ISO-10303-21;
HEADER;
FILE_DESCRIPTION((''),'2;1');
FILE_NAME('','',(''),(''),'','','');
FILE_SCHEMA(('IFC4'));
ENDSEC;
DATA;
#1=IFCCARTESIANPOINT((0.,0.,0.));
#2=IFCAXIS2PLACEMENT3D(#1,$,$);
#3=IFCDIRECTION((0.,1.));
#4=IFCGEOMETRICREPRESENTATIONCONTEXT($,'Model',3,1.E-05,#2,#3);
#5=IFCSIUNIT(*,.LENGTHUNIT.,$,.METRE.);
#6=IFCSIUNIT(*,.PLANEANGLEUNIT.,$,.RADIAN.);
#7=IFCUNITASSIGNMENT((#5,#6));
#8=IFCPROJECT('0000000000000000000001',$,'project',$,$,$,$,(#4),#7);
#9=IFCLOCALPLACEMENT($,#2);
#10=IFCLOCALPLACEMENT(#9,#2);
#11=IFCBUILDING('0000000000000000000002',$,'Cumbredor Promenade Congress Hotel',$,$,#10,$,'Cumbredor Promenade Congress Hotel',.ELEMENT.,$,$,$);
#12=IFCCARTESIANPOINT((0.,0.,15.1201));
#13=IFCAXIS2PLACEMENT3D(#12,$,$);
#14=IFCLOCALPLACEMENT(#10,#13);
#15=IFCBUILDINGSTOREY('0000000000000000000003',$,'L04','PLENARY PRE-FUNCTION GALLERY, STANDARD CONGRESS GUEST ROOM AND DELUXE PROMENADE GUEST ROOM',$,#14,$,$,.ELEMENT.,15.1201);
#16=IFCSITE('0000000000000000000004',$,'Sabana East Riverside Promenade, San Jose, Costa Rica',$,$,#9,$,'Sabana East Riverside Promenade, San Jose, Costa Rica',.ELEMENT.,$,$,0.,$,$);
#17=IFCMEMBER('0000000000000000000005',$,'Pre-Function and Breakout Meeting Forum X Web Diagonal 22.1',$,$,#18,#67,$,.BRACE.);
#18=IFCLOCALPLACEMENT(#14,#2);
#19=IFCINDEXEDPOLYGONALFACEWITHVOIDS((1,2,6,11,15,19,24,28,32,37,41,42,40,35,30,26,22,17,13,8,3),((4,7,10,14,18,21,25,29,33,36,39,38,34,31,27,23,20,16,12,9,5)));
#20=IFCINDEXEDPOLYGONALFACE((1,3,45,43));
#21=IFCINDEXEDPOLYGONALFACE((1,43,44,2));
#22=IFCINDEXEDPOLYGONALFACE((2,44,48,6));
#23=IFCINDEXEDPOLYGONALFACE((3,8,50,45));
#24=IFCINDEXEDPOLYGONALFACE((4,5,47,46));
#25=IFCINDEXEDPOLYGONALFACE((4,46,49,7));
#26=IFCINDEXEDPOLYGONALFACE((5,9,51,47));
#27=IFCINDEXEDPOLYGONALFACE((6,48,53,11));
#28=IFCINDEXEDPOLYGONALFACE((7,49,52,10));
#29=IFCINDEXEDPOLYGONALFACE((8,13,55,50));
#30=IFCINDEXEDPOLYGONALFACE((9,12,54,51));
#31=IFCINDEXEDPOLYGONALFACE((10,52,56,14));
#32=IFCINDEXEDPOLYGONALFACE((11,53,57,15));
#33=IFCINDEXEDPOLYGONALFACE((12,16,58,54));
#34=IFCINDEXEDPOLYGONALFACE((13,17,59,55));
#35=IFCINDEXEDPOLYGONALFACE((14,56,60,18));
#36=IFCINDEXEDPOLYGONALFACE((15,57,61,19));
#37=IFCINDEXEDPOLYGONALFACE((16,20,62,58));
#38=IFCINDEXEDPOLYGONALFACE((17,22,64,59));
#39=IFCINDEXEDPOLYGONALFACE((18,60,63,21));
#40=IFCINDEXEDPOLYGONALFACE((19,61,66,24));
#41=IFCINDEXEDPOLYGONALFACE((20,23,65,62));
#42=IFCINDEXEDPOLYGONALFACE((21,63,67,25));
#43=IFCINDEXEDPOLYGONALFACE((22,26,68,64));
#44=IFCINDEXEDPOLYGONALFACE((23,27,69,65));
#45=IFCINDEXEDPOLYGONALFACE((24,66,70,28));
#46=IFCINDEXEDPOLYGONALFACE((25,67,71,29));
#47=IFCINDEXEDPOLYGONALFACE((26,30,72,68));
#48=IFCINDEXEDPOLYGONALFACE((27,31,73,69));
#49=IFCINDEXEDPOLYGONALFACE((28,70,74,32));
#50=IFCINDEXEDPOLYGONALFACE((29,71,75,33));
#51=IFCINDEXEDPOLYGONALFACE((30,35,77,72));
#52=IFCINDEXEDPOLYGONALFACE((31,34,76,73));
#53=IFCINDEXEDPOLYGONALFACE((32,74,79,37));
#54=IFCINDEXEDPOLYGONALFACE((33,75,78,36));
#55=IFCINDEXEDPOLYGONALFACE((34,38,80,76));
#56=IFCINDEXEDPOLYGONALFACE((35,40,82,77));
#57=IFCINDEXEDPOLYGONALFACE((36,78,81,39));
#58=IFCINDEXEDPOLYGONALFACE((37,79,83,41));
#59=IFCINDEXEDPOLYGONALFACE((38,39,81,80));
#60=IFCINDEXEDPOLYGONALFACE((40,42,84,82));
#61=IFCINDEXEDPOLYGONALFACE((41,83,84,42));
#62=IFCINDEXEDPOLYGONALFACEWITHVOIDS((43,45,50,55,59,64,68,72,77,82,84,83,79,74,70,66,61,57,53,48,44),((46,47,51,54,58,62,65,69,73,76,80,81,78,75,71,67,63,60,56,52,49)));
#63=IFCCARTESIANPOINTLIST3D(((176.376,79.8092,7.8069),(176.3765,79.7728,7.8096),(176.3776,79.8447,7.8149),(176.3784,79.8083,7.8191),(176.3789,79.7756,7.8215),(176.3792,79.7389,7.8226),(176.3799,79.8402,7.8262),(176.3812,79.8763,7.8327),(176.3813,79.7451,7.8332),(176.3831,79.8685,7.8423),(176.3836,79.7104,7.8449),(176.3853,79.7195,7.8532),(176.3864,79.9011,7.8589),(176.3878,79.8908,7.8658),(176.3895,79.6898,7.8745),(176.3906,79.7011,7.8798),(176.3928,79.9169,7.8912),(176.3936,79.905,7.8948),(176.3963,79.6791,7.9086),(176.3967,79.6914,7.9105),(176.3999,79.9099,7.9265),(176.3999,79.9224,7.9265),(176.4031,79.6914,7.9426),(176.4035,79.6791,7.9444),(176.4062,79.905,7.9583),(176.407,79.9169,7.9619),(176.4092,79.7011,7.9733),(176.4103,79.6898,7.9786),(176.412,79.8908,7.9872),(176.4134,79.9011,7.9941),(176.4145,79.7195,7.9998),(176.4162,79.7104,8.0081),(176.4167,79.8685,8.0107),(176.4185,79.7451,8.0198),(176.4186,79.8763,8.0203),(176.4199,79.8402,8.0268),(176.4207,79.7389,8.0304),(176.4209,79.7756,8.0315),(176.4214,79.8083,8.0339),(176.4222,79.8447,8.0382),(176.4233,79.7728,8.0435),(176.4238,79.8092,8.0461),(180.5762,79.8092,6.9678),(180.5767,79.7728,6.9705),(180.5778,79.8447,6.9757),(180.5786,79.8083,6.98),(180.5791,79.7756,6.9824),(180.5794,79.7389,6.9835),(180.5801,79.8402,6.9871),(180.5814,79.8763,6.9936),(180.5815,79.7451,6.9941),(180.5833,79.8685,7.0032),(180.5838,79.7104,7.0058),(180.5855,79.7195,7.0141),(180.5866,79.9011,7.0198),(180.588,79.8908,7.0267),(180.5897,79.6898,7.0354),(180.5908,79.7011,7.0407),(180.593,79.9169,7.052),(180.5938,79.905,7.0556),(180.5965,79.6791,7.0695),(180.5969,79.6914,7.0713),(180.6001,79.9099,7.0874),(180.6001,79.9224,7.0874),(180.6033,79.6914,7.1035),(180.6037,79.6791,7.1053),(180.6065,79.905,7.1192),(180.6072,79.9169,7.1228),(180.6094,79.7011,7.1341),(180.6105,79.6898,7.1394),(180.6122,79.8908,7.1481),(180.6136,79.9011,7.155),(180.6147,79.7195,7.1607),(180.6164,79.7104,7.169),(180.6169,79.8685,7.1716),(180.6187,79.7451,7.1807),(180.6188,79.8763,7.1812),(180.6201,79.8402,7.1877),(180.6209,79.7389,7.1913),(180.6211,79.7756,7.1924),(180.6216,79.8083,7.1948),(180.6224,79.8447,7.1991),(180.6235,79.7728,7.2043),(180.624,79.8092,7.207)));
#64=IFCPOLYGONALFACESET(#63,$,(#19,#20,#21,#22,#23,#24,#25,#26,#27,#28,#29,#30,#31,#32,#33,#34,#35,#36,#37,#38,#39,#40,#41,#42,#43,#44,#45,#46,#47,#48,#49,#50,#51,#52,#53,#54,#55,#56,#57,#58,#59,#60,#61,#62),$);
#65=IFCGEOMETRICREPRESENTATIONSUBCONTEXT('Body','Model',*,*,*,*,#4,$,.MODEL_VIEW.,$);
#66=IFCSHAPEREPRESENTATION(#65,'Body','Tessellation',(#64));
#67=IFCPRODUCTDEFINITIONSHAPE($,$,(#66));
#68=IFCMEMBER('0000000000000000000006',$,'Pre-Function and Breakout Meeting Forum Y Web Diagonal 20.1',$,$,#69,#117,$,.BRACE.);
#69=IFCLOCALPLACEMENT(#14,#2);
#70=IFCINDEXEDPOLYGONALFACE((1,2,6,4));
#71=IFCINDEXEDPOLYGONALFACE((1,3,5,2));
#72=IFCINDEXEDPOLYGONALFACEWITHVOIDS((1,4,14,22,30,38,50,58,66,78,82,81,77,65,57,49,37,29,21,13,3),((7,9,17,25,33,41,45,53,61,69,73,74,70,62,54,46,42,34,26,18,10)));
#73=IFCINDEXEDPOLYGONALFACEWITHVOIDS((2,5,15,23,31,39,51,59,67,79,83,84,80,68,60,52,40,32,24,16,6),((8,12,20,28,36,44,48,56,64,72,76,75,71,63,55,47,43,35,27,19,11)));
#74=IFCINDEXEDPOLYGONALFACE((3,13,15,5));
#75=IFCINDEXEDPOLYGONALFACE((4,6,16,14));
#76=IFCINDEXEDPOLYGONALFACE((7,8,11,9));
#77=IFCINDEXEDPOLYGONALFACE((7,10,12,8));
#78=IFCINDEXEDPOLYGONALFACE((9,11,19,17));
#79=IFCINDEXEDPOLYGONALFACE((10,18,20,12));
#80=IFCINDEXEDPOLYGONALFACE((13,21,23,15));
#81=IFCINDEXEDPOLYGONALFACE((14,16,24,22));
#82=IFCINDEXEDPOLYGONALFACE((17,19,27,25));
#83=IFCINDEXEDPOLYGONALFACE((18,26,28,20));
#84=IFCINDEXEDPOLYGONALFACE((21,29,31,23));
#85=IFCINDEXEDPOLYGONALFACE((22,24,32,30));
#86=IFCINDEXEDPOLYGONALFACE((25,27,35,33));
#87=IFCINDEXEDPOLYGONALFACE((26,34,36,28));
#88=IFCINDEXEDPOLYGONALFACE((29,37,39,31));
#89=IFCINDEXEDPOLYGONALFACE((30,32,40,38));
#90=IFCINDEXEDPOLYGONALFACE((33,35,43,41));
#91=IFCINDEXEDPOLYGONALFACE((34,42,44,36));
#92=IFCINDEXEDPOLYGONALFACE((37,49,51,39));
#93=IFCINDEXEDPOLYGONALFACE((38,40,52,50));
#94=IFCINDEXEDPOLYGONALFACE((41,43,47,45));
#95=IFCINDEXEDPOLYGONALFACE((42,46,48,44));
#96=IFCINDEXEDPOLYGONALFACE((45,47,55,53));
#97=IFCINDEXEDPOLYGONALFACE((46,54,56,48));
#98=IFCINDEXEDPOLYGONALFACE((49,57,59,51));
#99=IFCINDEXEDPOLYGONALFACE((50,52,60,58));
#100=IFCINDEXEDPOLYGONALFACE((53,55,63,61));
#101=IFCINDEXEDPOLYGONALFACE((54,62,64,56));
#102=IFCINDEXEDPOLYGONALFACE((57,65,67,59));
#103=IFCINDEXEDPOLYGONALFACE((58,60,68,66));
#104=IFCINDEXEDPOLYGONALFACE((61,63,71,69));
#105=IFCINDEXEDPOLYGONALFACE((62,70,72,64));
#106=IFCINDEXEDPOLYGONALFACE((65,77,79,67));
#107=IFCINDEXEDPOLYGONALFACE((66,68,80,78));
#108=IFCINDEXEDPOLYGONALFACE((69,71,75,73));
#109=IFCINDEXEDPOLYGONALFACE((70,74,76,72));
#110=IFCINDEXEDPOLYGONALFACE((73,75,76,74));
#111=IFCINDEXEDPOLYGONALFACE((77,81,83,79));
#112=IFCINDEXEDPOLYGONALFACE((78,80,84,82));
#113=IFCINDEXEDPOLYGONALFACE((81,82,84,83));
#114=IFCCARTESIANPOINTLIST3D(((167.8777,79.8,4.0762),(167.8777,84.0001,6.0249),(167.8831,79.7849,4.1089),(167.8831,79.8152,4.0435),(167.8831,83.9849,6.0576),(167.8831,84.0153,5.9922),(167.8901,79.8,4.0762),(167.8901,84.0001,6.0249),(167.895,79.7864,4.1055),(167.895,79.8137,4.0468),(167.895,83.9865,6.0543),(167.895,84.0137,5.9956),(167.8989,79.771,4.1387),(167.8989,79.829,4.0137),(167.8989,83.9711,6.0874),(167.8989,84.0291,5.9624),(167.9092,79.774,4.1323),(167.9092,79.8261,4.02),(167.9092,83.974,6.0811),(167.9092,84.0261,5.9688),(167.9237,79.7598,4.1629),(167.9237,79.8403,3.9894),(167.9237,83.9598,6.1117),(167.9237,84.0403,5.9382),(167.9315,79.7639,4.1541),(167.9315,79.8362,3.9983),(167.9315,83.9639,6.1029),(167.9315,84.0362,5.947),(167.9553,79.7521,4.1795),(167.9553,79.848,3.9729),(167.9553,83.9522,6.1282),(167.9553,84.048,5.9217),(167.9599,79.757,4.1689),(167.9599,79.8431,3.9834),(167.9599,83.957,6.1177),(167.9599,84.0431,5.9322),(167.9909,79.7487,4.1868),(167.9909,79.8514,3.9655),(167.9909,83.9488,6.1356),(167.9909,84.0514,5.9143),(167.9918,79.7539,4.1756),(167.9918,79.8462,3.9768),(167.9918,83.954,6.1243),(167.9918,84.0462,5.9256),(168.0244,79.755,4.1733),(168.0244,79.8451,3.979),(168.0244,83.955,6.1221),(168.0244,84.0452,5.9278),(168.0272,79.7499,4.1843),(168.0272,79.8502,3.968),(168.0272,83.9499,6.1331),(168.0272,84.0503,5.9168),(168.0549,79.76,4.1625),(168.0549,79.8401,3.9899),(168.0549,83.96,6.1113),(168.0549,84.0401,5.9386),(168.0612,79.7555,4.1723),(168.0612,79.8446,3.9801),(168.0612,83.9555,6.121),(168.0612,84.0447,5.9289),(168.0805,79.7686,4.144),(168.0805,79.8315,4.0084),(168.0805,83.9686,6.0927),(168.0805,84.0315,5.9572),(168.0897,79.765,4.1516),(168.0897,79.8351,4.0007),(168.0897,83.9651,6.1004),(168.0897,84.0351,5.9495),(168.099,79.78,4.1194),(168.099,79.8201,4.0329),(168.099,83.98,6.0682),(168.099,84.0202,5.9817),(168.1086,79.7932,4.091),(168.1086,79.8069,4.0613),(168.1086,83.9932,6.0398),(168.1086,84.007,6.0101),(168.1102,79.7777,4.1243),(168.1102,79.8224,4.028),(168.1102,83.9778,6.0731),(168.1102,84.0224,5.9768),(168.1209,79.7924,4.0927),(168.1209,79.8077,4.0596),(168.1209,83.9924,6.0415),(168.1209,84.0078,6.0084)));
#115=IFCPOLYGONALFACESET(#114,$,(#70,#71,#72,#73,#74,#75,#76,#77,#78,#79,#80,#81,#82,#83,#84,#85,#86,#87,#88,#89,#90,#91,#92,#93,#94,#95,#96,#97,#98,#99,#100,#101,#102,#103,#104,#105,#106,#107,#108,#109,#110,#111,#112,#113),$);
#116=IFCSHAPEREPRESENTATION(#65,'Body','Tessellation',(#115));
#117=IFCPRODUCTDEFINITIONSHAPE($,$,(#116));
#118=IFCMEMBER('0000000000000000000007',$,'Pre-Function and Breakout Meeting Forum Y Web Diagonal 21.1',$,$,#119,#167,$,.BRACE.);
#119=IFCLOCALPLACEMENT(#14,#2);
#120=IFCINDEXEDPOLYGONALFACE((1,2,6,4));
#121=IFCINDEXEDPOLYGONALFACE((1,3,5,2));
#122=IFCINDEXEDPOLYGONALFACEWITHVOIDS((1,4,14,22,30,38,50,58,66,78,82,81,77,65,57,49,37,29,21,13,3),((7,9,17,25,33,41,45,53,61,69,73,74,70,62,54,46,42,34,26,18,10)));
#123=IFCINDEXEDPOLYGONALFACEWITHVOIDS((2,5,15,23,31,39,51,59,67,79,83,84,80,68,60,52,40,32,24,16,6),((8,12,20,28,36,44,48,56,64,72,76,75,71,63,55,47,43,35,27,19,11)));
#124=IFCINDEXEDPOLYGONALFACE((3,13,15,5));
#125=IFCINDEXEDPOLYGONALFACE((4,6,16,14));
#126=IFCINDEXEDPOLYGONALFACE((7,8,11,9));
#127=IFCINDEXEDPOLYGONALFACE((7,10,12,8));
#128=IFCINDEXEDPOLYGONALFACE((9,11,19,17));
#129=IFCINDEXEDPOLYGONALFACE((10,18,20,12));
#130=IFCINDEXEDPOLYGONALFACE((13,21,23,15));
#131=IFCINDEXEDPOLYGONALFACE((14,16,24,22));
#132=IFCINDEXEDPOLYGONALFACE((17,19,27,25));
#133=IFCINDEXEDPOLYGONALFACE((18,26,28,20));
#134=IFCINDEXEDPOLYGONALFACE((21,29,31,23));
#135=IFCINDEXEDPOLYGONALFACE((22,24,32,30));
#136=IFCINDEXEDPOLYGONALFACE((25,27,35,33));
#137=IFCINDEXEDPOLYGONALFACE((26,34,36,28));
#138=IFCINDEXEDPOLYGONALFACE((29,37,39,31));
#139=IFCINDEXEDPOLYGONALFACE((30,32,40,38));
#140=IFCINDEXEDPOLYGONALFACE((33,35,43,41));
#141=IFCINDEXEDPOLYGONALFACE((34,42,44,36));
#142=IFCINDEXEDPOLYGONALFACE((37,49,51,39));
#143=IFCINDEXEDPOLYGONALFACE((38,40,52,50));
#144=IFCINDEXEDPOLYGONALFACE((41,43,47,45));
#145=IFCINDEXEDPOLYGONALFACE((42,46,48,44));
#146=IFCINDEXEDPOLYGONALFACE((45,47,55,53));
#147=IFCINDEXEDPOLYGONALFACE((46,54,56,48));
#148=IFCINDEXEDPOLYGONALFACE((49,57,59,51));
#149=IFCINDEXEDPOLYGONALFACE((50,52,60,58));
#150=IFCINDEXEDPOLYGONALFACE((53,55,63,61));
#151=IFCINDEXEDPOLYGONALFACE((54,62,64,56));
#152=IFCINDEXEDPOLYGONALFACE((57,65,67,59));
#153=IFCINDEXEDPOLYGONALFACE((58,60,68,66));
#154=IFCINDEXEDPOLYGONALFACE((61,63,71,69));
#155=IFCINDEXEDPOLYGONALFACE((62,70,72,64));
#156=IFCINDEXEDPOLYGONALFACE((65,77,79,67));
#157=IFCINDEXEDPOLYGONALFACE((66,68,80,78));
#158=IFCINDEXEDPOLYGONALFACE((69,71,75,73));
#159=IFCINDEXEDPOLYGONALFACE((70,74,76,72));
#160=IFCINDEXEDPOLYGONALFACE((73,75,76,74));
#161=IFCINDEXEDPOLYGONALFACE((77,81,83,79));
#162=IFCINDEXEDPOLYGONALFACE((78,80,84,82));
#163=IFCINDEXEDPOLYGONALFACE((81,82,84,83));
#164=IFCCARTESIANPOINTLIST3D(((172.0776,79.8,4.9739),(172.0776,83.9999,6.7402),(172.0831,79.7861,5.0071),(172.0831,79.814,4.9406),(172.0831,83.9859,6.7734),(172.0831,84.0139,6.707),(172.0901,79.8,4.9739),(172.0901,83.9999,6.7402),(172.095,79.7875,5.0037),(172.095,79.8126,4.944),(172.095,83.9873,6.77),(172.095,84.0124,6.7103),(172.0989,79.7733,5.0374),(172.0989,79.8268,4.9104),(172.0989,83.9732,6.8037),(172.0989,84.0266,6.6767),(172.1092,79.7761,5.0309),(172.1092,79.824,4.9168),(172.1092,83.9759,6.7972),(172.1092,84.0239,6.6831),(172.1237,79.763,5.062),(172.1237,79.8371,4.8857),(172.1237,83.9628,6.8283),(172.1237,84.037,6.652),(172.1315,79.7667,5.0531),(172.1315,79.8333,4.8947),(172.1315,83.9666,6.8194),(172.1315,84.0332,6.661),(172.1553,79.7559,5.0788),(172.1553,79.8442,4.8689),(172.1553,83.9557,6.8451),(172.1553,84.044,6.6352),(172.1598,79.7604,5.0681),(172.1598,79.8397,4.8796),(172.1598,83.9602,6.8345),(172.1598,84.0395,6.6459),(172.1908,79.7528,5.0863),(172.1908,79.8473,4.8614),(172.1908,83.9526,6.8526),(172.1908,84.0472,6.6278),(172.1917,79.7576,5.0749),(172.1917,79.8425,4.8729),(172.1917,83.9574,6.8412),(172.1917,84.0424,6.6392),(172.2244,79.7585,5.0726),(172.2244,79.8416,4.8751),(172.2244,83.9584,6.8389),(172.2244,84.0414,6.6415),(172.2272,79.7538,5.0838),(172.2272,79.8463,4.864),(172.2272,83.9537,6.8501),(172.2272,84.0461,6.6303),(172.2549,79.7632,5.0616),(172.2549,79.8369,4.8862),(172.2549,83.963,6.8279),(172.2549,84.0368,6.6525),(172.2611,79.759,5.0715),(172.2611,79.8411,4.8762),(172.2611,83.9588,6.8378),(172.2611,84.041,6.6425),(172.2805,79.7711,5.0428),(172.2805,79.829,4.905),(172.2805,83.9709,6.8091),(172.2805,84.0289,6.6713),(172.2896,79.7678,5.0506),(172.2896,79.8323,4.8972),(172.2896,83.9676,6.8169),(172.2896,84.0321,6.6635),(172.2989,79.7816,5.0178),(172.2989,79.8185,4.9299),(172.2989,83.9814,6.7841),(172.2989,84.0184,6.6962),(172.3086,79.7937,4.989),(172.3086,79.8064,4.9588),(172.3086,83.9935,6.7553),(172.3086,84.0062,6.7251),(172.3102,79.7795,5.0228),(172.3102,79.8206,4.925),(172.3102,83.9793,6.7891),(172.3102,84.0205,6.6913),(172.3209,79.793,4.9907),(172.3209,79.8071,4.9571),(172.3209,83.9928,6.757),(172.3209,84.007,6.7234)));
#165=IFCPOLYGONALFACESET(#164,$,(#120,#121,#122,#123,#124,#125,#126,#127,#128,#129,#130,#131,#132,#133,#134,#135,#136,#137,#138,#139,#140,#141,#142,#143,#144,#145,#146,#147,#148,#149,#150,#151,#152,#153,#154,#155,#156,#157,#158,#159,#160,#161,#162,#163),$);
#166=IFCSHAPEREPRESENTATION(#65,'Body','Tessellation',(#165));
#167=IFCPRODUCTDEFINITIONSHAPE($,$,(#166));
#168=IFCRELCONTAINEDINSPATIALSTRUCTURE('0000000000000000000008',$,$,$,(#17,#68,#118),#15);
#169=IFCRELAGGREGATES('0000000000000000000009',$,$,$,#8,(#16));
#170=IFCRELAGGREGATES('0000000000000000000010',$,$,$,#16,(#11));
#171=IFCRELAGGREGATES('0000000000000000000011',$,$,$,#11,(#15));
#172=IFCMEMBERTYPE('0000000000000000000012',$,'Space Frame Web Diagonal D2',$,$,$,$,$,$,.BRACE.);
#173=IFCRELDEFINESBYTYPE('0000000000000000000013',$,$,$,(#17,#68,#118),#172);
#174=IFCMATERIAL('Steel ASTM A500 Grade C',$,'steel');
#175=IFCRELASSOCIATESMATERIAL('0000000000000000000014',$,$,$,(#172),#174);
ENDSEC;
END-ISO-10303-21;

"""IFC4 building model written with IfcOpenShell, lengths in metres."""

from ifc_helpers import new_model, si_unit, direction, frame, origin, origin_2d, place, context, subcontext, project, spatial, hollow_circle, extrude, material, material_profile, profile_set, type_object, element, save


model = new_model("IFC4")

# Units and contexts
model_context = context("Model", 3, precision=1e-05, world=origin(), true_north=direction((0.0, 1.0)))
body_context = subcontext(model_context, "Body", "Model", "MODEL_VIEW")
ifc_project = project(units=[si_unit("LENGTHUNIT", "METRE"), si_unit("PLANEANGLEUNIT", "RADIAN")], contexts=[model_context])

# Site, building, storey
site_placement = place(None, origin())
site = spatial("IfcSite", under=ifc_project, at=site_placement, Name="Sabana East Riverside Promenade, San Jose, Costa Rica", LongName="Sabana East Riverside Promenade, San Jose, Costa Rica", CompositionType="ELEMENT", RefElevation=0.0)
building_placement = place(site_placement, origin())
building = spatial("IfcBuilding", under=site, at=building_placement, Name="Cumbredor Promenade Congress Hotel", LongName="Cumbredor Promenade Congress Hotel", CompositionType="ELEMENT")
storey_placement = place(building_placement, frame((0.0, 0.0, 15.1201)))
storey = spatial("IfcBuildingStorey", under=building, at=storey_placement, Name="L04", Description="PLENARY PRE-FUNCTION GALLERY, STANDARD CONGRESS GUEST ROOM AND DELUXE PROMENADE GUEST ROOM", CompositionType="ELEMENT", Elevation=15.1201)

# Members
ifc_material_1 = material(Name="Steel ASTM A500 Grade C", Category="steel")
ifc_material_profile_1 = material_profile(ifc_material_1, hollow_circle(Radius=0.1223, WallThickness=0.0125, at=origin_2d()), Name="CHS 244.5x12.5")
ifc_profile_set_1 = profile_set([ifc_material_profile_1], Name="Steel ASTM A500 Grade C")
member_type_1 = type_object("IfcMemberType", Name="Space Frame Web Diagonal D2", PredefinedType="BRACE", material=ifc_profile_set_1)
member_1_placement = place(storey_placement, frame((176.3999, 79.8, 7.9265), z_axis=(0.980622, 0.0, -0.195908), x_axis=(0.0, 1.0, 0.0)))
element("IfcMember", 1, at=member_1_placement, inside=storey, type_object=member_type_1, Name="Pre-Function and Breakout Meeting Forum X Web Diagonal 22.1", PredefinedType="BRACE", context=body_context, shape_type="SweptSolid", body=[
    extrude(hollow_circle(Radius=0.1223, WallThickness=0.0125, at=origin_2d()), origin(), (0.0, 0.0, 1.0), 4.2832),
])
member_2_placement = place(storey_placement, frame((168.0, 79.8, 4.0762), z_axis=(0.0, 0.907112, 0.42089), x_axis=(-1.0, 0.0, 0.0)))
element("IfcMember", 2, at=member_2_placement, inside=storey, type_object=member_type_1, Name="Pre-Function and Breakout Meeting Forum Y Web Diagonal 20.1", PredefinedType="BRACE", context=body_context, shape_type="SweptSolid", body=[
    extrude(hollow_circle(Radius=0.1223, WallThickness=0.0125, at=origin_2d()), origin(), (0.0, 0.0, 1.0), 4.6301),
])
member_3_placement = place(storey_placement, frame((172.2, 79.8, 4.9739), z_axis=(0.0, 0.921796, 0.387676), x_axis=(-1.0, 0.0, 0.0)))
element("IfcMember", 3, at=member_3_placement, inside=storey, type_object=member_type_1, Name="Pre-Function and Breakout Meeting Forum Y Web Diagonal 21.1", PredefinedType="BRACE", context=body_context, shape_type="SweptSolid", body=[
    extrude(hollow_circle(Radius=0.1223, WallThickness=0.0125, at=origin_2d()), origin(), (0.0, 0.0, 1.0), 4.5562),
])

save(model, "model.ifc")
